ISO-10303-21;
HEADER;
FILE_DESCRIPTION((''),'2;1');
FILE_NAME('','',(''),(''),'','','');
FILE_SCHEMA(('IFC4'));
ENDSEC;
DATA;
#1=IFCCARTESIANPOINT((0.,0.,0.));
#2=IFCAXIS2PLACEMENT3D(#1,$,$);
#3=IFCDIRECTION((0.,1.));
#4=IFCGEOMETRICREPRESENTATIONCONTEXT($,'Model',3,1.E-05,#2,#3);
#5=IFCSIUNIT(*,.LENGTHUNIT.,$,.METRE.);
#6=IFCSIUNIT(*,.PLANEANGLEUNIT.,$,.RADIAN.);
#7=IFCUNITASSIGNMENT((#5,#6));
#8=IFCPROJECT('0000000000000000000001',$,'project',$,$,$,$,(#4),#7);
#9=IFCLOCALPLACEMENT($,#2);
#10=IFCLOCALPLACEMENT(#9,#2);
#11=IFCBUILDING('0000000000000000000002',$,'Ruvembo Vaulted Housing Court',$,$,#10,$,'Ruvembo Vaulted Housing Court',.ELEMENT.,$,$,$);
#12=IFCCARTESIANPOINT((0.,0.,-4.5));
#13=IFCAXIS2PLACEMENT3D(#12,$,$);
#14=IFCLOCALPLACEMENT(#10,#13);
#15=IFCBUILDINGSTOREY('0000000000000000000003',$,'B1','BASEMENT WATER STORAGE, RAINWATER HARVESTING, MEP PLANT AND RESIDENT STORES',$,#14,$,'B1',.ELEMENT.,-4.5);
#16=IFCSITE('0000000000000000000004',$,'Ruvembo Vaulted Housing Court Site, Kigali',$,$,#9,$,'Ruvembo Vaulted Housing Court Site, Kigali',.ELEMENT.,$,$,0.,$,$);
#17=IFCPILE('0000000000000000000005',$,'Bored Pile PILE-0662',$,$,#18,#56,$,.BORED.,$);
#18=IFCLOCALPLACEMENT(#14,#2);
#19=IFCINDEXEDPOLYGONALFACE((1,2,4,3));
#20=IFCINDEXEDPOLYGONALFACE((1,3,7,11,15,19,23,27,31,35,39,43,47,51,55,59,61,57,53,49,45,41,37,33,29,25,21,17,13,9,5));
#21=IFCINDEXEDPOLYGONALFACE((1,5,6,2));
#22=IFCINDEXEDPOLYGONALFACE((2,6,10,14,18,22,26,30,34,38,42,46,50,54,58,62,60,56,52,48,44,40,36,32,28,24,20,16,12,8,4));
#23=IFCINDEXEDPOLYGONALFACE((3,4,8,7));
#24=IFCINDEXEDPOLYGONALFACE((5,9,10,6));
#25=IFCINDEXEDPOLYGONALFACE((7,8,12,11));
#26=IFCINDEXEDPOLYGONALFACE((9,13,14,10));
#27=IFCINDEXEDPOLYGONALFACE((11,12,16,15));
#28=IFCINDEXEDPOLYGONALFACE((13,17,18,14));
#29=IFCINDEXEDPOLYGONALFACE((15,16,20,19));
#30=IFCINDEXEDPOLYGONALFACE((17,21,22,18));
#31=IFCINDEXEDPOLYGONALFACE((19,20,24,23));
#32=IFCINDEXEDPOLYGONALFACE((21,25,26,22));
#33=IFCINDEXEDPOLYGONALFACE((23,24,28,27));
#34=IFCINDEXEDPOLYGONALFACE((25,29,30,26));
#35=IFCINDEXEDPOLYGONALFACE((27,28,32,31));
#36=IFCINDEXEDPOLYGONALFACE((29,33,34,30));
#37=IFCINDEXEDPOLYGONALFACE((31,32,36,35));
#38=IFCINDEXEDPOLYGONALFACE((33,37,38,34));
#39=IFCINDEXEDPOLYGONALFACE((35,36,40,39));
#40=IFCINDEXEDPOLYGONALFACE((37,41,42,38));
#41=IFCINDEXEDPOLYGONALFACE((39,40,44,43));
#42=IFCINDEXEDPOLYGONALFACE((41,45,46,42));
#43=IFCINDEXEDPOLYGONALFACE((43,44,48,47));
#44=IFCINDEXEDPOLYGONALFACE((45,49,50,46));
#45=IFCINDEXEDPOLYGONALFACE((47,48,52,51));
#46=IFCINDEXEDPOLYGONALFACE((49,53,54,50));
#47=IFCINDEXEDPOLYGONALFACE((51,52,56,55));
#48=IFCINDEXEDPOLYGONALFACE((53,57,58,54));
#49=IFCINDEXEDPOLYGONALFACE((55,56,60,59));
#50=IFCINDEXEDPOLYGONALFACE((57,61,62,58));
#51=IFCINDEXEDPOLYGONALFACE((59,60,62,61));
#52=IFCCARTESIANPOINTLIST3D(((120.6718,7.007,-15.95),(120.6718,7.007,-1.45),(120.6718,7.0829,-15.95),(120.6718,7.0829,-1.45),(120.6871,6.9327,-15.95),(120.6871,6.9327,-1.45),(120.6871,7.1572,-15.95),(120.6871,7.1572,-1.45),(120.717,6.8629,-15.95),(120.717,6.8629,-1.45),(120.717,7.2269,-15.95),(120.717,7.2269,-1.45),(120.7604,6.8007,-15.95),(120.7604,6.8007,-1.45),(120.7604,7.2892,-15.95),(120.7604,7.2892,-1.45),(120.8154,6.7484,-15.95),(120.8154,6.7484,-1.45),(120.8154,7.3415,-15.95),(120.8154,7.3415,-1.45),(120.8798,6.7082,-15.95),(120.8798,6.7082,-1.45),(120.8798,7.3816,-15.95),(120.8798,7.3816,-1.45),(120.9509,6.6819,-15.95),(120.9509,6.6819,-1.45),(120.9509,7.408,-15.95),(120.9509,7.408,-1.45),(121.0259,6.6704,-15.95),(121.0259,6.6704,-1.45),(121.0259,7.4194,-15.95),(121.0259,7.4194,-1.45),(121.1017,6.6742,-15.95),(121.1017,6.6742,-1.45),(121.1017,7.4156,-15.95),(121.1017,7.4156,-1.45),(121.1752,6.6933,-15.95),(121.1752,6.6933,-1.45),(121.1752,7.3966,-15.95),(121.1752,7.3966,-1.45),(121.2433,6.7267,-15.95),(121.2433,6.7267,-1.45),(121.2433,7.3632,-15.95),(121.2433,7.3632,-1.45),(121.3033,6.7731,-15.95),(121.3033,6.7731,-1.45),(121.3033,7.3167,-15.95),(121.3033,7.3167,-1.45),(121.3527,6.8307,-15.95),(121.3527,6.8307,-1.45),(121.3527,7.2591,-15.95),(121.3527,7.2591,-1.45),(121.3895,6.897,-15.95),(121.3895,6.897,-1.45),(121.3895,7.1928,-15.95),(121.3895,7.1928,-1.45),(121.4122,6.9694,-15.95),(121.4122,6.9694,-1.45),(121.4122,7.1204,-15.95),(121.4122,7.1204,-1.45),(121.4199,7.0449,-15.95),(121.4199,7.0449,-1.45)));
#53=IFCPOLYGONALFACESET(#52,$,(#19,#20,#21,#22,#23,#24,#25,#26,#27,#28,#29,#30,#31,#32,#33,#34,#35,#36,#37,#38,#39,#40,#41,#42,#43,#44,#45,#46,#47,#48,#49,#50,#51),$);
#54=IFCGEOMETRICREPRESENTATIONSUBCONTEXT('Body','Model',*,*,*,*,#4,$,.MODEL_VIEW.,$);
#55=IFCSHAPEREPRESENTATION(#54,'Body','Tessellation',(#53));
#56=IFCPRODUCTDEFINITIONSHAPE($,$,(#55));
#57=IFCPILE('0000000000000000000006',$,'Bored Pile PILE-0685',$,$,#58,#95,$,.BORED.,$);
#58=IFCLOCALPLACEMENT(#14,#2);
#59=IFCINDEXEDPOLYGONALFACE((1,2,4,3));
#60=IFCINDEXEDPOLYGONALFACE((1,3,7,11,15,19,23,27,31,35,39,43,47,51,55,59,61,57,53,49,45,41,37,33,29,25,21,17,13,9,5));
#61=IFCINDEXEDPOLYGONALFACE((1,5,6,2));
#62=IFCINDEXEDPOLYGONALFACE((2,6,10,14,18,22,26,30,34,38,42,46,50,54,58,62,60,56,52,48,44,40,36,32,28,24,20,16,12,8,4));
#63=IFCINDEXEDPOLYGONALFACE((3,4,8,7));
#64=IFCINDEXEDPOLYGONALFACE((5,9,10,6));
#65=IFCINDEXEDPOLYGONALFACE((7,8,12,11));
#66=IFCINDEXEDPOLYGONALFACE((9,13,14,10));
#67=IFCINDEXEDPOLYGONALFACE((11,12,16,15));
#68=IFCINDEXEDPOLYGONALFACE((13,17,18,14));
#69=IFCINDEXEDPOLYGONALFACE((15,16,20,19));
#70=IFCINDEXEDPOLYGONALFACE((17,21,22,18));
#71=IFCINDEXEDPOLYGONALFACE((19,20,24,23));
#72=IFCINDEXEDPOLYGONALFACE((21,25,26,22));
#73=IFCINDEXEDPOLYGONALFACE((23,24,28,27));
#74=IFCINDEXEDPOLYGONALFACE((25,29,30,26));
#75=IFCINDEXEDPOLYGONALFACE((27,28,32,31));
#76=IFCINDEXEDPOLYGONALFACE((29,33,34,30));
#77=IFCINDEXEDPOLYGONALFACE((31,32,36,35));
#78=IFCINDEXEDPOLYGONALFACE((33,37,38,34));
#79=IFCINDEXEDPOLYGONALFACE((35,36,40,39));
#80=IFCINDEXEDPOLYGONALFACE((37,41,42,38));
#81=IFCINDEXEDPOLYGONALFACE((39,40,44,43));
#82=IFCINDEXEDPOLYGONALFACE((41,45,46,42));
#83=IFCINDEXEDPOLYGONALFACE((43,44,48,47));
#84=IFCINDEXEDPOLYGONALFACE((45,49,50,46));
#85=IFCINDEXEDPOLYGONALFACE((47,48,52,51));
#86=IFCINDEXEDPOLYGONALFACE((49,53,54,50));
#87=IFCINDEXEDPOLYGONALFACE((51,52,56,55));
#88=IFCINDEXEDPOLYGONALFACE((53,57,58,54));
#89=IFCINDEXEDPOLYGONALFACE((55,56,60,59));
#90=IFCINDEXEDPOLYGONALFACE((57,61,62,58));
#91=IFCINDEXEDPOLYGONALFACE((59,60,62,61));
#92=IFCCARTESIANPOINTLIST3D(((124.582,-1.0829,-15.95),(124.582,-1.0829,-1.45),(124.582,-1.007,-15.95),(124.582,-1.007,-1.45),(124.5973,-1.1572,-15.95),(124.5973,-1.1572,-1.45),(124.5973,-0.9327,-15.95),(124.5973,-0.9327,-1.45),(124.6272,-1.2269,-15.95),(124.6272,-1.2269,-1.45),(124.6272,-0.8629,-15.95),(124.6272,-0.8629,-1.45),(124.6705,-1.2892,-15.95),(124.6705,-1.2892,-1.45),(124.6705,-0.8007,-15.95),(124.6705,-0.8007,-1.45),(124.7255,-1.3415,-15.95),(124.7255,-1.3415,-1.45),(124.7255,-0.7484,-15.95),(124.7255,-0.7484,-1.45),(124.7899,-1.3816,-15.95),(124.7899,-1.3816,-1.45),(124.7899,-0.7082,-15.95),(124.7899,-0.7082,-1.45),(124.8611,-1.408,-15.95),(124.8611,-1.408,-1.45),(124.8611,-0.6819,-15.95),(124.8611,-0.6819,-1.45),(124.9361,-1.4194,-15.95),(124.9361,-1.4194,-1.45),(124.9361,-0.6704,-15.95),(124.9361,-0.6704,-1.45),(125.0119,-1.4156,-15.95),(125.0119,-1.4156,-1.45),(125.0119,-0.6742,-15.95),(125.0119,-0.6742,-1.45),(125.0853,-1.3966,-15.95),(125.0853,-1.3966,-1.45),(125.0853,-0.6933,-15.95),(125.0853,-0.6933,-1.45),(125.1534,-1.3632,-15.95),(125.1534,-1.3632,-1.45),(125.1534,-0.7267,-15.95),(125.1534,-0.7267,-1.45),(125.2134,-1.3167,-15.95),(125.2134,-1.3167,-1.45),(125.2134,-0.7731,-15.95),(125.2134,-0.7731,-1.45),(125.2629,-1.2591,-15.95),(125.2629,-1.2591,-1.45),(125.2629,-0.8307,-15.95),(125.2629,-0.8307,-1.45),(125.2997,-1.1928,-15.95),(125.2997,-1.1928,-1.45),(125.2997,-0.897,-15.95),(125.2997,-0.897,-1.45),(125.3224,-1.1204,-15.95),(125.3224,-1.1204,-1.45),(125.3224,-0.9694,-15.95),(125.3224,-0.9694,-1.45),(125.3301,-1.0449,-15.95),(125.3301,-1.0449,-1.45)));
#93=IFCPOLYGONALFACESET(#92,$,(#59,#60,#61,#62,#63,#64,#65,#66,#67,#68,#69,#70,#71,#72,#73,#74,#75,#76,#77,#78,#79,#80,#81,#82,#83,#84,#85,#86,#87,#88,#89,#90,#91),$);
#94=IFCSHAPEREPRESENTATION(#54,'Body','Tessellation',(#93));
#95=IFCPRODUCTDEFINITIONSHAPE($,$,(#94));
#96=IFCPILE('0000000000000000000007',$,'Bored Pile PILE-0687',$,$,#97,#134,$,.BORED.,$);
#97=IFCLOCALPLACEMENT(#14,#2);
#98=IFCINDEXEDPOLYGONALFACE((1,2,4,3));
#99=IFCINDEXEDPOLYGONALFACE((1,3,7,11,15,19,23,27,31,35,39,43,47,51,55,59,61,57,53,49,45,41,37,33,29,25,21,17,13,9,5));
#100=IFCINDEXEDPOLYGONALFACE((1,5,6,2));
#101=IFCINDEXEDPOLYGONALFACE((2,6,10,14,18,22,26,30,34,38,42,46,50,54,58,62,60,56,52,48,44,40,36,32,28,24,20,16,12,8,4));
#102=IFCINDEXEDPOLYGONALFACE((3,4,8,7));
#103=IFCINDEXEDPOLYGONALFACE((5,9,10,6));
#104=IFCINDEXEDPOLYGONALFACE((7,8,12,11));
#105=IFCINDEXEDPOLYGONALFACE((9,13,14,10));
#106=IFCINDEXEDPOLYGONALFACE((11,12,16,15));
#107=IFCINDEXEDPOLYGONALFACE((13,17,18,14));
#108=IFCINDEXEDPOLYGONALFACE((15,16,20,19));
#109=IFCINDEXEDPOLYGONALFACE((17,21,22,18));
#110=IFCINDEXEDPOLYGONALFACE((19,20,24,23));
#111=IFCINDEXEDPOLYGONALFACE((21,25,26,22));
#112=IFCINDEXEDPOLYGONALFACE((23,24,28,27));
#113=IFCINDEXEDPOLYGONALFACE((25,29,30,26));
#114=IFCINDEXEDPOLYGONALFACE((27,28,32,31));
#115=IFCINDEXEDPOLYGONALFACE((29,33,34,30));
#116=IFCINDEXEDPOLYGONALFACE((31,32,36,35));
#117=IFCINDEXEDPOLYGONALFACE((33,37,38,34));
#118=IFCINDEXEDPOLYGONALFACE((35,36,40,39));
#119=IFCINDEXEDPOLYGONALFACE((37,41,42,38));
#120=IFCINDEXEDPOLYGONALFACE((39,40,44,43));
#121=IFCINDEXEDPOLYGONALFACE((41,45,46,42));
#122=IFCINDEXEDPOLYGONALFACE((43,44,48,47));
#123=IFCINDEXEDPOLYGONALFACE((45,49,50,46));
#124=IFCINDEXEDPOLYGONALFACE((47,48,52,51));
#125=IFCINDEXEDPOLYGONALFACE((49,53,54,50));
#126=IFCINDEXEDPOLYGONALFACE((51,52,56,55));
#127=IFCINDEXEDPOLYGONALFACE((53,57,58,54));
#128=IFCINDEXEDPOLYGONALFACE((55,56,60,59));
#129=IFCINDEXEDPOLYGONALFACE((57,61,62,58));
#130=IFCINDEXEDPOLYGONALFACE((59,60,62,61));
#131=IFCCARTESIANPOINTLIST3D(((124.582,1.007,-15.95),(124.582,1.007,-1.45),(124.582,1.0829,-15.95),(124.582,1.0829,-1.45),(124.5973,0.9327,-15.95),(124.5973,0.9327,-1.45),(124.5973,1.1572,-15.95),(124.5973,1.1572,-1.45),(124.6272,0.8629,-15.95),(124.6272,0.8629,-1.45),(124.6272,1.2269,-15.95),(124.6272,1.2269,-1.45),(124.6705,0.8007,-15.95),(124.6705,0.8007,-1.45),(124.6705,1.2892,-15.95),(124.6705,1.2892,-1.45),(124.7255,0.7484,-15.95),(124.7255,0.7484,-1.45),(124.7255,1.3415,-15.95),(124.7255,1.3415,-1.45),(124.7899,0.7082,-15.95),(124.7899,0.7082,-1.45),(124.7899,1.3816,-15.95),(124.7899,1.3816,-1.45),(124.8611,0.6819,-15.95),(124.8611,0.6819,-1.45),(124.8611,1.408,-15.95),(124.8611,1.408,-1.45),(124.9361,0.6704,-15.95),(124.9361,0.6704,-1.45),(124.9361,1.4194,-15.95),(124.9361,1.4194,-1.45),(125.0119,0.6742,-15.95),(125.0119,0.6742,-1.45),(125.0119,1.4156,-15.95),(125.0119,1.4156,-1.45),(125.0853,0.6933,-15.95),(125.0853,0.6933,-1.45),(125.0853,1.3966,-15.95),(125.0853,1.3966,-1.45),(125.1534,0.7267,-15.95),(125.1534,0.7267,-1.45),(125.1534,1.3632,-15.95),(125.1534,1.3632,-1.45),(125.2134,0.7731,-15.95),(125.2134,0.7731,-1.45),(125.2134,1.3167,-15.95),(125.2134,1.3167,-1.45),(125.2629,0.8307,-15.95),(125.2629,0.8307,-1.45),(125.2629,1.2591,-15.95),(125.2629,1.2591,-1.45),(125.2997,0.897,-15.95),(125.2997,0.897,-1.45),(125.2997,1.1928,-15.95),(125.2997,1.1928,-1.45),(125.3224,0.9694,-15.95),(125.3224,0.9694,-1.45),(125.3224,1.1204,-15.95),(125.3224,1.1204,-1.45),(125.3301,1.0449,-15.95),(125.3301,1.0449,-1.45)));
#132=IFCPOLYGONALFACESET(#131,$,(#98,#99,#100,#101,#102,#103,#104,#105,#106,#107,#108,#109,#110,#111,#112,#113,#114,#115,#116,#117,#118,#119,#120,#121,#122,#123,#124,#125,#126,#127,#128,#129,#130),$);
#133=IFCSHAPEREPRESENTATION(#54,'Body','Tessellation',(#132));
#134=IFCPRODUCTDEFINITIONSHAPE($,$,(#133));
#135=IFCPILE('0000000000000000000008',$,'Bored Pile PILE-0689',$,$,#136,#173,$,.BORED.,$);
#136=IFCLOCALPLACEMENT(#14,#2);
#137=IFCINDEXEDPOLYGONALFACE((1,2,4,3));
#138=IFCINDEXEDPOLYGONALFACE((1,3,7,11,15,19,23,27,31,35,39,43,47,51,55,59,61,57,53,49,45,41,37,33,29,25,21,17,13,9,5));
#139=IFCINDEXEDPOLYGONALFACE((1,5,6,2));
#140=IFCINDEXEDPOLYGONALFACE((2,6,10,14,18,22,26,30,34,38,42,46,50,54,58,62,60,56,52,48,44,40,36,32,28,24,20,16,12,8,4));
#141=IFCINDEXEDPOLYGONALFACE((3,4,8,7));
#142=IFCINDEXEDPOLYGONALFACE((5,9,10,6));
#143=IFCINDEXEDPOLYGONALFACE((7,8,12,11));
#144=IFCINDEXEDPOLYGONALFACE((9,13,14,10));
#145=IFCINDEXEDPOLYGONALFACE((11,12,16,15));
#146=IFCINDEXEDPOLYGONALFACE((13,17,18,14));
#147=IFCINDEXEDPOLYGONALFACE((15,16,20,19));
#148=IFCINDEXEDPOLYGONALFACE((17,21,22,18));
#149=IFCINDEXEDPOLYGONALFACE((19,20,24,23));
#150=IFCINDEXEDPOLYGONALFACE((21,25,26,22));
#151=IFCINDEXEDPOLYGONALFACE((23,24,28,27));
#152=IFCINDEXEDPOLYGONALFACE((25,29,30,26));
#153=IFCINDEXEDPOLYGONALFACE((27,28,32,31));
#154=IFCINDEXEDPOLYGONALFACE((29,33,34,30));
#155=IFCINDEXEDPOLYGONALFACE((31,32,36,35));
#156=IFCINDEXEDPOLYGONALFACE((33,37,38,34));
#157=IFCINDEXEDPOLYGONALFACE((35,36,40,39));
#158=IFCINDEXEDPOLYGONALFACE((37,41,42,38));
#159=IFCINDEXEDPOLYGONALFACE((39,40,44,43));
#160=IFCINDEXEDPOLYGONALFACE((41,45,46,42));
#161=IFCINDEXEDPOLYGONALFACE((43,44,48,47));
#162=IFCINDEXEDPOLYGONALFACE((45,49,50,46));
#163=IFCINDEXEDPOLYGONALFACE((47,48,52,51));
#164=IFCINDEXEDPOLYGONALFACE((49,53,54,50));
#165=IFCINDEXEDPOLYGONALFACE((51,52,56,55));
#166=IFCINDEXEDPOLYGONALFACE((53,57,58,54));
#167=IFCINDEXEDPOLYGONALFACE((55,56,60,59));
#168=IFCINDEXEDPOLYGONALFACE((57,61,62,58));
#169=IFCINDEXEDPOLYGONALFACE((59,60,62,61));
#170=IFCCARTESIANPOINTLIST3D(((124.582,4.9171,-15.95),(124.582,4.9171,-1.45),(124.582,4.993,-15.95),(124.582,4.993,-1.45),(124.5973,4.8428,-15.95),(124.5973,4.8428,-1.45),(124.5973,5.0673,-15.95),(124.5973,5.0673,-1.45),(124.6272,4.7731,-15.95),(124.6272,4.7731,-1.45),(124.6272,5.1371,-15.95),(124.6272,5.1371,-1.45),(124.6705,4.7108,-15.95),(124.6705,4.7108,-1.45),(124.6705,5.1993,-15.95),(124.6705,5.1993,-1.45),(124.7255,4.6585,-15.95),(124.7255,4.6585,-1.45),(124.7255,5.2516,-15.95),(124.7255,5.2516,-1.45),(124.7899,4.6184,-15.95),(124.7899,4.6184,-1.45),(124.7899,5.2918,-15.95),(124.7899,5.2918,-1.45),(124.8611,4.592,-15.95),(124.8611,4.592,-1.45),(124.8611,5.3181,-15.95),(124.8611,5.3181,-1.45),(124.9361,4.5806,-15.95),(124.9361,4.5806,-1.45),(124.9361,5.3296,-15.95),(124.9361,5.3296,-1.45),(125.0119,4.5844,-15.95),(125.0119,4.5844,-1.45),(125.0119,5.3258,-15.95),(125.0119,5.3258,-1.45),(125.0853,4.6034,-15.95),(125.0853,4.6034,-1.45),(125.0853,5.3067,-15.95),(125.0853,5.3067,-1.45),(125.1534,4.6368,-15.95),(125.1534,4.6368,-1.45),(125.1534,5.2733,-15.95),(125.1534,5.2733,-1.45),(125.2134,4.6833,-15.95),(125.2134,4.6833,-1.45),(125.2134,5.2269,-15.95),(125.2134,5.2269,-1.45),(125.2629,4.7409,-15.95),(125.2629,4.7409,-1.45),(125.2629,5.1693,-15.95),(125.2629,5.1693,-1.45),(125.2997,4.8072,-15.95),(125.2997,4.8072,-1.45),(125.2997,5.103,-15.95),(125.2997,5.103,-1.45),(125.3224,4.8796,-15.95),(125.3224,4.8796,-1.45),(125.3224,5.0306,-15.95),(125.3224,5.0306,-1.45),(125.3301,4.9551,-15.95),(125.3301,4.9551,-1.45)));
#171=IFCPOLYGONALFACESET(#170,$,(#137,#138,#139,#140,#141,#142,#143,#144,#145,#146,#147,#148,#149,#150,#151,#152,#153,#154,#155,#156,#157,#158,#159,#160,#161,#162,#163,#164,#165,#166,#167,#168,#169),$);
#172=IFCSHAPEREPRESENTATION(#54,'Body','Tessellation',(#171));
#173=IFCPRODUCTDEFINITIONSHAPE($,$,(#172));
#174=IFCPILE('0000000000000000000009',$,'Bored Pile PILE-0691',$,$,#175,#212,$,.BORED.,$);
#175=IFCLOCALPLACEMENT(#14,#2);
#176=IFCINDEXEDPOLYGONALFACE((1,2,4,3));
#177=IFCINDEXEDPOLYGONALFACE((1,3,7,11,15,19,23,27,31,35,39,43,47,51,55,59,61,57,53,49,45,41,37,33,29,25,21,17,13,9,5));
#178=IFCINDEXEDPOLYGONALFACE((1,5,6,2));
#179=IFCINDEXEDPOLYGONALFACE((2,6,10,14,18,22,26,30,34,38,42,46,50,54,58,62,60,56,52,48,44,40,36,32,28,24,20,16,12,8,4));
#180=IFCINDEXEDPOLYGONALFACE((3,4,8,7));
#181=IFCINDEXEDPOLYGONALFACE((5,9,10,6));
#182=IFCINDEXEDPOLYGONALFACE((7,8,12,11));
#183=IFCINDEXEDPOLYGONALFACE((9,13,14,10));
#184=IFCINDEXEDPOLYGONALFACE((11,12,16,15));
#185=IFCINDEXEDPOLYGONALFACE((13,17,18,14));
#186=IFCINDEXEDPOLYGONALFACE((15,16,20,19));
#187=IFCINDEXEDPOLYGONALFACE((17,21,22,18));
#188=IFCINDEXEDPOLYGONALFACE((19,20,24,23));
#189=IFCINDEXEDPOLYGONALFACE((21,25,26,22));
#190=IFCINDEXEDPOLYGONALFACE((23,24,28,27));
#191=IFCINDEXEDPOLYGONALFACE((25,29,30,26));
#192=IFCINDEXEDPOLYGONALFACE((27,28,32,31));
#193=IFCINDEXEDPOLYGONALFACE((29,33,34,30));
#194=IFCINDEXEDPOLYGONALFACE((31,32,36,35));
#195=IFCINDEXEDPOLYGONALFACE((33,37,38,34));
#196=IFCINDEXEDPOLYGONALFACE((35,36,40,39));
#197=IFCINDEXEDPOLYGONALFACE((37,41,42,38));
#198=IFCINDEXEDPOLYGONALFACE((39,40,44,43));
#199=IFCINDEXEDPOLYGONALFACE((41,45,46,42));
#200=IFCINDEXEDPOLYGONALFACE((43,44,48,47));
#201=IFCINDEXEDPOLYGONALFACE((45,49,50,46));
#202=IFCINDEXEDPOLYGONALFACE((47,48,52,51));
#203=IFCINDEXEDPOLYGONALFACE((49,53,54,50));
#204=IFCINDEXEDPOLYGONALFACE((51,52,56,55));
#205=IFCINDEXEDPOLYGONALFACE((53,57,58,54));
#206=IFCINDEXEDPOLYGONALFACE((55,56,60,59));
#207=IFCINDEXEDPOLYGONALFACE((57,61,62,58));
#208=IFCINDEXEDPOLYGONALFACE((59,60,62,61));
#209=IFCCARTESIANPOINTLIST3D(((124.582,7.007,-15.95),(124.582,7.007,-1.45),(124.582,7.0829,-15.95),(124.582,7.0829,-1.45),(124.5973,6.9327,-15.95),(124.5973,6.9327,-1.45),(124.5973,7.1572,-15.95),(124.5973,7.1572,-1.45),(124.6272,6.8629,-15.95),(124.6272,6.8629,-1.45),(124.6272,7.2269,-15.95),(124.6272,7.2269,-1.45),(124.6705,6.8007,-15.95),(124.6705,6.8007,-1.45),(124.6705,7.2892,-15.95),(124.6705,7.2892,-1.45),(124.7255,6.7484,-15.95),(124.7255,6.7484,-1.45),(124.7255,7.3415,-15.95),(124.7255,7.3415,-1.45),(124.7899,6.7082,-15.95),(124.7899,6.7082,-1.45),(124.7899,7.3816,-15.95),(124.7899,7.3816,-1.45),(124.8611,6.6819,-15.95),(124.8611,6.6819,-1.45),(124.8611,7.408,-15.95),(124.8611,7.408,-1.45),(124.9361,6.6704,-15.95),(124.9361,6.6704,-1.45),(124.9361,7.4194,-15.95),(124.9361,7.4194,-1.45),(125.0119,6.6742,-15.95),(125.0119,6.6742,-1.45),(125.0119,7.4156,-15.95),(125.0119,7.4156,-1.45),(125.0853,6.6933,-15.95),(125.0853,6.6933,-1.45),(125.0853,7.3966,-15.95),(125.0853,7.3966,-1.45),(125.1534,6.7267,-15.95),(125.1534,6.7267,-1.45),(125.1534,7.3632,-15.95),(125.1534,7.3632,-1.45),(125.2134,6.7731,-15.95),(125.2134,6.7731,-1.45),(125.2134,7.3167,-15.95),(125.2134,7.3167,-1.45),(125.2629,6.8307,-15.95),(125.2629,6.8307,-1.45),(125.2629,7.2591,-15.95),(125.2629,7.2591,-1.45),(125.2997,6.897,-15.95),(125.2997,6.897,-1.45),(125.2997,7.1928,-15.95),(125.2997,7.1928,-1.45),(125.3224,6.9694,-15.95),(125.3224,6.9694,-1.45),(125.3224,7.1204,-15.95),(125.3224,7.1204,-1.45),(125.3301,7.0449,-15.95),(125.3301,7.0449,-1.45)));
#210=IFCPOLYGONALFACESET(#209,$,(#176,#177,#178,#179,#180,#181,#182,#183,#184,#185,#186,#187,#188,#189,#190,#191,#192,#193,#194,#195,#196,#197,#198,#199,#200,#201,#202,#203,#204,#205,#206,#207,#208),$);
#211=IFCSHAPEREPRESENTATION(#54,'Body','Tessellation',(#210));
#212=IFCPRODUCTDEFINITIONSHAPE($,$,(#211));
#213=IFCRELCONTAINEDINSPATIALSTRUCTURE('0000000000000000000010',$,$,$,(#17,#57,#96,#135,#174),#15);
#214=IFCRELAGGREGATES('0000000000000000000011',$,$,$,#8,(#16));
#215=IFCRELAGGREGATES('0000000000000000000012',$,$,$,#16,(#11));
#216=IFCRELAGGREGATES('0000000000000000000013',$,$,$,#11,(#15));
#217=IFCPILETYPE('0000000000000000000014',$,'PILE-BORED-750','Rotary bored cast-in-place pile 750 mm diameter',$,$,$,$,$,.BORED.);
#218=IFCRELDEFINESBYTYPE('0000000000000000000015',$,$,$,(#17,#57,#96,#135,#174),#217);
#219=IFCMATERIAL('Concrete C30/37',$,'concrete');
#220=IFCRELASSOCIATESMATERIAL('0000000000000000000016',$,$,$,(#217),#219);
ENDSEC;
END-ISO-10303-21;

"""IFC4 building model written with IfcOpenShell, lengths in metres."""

from ifc_helpers import new_model, si_unit, direction, frame, origin, origin_2d, place, context, subcontext, project, spatial, circle, extrude, material, material_profile, profile_set, type_object, element, save


model = new_model("IFC4")

# Units and contexts
model_context = context("Model", 3, precision=1e-05, world=origin(), true_north=direction((0.0, 1.0)))
body_context = subcontext(model_context, "Body", "Model", "MODEL_VIEW")
ifc_project = project(units=[si_unit("LENGTHUNIT", "METRE"), si_unit("PLANEANGLEUNIT", "RADIAN")], contexts=[model_context])

# Site, building, storey
site_placement = place(None, origin())
site = spatial("IfcSite", under=ifc_project, at=site_placement, Name="Ruvembo Vaulted Housing Court Site, Kigali", LongName="Ruvembo Vaulted Housing Court Site, Kigali", CompositionType="ELEMENT", RefElevation=0.0)
building_placement = place(site_placement, origin())
building = spatial("IfcBuilding", under=site, at=building_placement, Name="Ruvembo Vaulted Housing Court", LongName="Ruvembo Vaulted Housing Court", CompositionType="ELEMENT")
storey_placement = place(building_placement, frame((0.0, 0.0, -4.5)))
storey = spatial("IfcBuildingStorey", under=building, at=storey_placement, Name="B1", Description="BASEMENT WATER STORAGE, RAINWATER HARVESTING, MEP PLANT AND RESIDENT STORES", LongName="B1", CompositionType="ELEMENT", Elevation=-4.5)

# Piles
ifc_material_1 = material(Name="Concrete C30/37", Category="concrete")
ifc_material_profile_1 = material_profile(ifc_material_1, circle(Radius=0.375, at=origin_2d()), Name="PILE D750")
ifc_profile_set_1 = profile_set([ifc_material_profile_1], Name="Concrete C30/37")
pile_type = type_object("IfcPileType", Name="PILE-BORED-750", Description="Rotary bored cast-in-place pile 750 mm diameter", PredefinedType="BORED", material=ifc_profile_set_1)
for number, where, z_axis, x_axis, name in (
    (1, (121.0449, 7.0449, -1.45), (0.0, 0.0, -1.0), (1.0, 0.0, 0.0), "Bored Pile PILE-0662"),
    (2, (124.9551, -1.0449, -1.45), (0.0, 0.0, -1.0), (1.0, 0.0, 0.0), "Bored Pile PILE-0685"),
    (3, (124.9551, 1.0449, -1.45), (0.0, 0.0, -1.0), (1.0, 0.0, 0.0), "Bored Pile PILE-0687"),
    (4, (124.9551, 4.9551, -1.45), (0.0, 0.0, -1.0), (1.0, 0.0, 0.0), "Bored Pile PILE-0689"),
    (5, (124.9551, 7.0449, -1.45), (0.0, 0.0, -1.0), (1.0, 0.0, 0.0), "Bored Pile PILE-0691"),
):
    element("IfcPile", number, at=place(storey_placement, frame(where, z_axis=z_axis, x_axis=x_axis)), inside=storey, type_object=pile_type, Name=name, PredefinedType="BORED", context=body_context, shape_type="SweptSolid", body=[
        extrude(circle(Radius=0.375, at=origin_2d()), origin(), (0.0, 0.0, 1.0), 14.5),
    ])

save(model, "model.ifc")
